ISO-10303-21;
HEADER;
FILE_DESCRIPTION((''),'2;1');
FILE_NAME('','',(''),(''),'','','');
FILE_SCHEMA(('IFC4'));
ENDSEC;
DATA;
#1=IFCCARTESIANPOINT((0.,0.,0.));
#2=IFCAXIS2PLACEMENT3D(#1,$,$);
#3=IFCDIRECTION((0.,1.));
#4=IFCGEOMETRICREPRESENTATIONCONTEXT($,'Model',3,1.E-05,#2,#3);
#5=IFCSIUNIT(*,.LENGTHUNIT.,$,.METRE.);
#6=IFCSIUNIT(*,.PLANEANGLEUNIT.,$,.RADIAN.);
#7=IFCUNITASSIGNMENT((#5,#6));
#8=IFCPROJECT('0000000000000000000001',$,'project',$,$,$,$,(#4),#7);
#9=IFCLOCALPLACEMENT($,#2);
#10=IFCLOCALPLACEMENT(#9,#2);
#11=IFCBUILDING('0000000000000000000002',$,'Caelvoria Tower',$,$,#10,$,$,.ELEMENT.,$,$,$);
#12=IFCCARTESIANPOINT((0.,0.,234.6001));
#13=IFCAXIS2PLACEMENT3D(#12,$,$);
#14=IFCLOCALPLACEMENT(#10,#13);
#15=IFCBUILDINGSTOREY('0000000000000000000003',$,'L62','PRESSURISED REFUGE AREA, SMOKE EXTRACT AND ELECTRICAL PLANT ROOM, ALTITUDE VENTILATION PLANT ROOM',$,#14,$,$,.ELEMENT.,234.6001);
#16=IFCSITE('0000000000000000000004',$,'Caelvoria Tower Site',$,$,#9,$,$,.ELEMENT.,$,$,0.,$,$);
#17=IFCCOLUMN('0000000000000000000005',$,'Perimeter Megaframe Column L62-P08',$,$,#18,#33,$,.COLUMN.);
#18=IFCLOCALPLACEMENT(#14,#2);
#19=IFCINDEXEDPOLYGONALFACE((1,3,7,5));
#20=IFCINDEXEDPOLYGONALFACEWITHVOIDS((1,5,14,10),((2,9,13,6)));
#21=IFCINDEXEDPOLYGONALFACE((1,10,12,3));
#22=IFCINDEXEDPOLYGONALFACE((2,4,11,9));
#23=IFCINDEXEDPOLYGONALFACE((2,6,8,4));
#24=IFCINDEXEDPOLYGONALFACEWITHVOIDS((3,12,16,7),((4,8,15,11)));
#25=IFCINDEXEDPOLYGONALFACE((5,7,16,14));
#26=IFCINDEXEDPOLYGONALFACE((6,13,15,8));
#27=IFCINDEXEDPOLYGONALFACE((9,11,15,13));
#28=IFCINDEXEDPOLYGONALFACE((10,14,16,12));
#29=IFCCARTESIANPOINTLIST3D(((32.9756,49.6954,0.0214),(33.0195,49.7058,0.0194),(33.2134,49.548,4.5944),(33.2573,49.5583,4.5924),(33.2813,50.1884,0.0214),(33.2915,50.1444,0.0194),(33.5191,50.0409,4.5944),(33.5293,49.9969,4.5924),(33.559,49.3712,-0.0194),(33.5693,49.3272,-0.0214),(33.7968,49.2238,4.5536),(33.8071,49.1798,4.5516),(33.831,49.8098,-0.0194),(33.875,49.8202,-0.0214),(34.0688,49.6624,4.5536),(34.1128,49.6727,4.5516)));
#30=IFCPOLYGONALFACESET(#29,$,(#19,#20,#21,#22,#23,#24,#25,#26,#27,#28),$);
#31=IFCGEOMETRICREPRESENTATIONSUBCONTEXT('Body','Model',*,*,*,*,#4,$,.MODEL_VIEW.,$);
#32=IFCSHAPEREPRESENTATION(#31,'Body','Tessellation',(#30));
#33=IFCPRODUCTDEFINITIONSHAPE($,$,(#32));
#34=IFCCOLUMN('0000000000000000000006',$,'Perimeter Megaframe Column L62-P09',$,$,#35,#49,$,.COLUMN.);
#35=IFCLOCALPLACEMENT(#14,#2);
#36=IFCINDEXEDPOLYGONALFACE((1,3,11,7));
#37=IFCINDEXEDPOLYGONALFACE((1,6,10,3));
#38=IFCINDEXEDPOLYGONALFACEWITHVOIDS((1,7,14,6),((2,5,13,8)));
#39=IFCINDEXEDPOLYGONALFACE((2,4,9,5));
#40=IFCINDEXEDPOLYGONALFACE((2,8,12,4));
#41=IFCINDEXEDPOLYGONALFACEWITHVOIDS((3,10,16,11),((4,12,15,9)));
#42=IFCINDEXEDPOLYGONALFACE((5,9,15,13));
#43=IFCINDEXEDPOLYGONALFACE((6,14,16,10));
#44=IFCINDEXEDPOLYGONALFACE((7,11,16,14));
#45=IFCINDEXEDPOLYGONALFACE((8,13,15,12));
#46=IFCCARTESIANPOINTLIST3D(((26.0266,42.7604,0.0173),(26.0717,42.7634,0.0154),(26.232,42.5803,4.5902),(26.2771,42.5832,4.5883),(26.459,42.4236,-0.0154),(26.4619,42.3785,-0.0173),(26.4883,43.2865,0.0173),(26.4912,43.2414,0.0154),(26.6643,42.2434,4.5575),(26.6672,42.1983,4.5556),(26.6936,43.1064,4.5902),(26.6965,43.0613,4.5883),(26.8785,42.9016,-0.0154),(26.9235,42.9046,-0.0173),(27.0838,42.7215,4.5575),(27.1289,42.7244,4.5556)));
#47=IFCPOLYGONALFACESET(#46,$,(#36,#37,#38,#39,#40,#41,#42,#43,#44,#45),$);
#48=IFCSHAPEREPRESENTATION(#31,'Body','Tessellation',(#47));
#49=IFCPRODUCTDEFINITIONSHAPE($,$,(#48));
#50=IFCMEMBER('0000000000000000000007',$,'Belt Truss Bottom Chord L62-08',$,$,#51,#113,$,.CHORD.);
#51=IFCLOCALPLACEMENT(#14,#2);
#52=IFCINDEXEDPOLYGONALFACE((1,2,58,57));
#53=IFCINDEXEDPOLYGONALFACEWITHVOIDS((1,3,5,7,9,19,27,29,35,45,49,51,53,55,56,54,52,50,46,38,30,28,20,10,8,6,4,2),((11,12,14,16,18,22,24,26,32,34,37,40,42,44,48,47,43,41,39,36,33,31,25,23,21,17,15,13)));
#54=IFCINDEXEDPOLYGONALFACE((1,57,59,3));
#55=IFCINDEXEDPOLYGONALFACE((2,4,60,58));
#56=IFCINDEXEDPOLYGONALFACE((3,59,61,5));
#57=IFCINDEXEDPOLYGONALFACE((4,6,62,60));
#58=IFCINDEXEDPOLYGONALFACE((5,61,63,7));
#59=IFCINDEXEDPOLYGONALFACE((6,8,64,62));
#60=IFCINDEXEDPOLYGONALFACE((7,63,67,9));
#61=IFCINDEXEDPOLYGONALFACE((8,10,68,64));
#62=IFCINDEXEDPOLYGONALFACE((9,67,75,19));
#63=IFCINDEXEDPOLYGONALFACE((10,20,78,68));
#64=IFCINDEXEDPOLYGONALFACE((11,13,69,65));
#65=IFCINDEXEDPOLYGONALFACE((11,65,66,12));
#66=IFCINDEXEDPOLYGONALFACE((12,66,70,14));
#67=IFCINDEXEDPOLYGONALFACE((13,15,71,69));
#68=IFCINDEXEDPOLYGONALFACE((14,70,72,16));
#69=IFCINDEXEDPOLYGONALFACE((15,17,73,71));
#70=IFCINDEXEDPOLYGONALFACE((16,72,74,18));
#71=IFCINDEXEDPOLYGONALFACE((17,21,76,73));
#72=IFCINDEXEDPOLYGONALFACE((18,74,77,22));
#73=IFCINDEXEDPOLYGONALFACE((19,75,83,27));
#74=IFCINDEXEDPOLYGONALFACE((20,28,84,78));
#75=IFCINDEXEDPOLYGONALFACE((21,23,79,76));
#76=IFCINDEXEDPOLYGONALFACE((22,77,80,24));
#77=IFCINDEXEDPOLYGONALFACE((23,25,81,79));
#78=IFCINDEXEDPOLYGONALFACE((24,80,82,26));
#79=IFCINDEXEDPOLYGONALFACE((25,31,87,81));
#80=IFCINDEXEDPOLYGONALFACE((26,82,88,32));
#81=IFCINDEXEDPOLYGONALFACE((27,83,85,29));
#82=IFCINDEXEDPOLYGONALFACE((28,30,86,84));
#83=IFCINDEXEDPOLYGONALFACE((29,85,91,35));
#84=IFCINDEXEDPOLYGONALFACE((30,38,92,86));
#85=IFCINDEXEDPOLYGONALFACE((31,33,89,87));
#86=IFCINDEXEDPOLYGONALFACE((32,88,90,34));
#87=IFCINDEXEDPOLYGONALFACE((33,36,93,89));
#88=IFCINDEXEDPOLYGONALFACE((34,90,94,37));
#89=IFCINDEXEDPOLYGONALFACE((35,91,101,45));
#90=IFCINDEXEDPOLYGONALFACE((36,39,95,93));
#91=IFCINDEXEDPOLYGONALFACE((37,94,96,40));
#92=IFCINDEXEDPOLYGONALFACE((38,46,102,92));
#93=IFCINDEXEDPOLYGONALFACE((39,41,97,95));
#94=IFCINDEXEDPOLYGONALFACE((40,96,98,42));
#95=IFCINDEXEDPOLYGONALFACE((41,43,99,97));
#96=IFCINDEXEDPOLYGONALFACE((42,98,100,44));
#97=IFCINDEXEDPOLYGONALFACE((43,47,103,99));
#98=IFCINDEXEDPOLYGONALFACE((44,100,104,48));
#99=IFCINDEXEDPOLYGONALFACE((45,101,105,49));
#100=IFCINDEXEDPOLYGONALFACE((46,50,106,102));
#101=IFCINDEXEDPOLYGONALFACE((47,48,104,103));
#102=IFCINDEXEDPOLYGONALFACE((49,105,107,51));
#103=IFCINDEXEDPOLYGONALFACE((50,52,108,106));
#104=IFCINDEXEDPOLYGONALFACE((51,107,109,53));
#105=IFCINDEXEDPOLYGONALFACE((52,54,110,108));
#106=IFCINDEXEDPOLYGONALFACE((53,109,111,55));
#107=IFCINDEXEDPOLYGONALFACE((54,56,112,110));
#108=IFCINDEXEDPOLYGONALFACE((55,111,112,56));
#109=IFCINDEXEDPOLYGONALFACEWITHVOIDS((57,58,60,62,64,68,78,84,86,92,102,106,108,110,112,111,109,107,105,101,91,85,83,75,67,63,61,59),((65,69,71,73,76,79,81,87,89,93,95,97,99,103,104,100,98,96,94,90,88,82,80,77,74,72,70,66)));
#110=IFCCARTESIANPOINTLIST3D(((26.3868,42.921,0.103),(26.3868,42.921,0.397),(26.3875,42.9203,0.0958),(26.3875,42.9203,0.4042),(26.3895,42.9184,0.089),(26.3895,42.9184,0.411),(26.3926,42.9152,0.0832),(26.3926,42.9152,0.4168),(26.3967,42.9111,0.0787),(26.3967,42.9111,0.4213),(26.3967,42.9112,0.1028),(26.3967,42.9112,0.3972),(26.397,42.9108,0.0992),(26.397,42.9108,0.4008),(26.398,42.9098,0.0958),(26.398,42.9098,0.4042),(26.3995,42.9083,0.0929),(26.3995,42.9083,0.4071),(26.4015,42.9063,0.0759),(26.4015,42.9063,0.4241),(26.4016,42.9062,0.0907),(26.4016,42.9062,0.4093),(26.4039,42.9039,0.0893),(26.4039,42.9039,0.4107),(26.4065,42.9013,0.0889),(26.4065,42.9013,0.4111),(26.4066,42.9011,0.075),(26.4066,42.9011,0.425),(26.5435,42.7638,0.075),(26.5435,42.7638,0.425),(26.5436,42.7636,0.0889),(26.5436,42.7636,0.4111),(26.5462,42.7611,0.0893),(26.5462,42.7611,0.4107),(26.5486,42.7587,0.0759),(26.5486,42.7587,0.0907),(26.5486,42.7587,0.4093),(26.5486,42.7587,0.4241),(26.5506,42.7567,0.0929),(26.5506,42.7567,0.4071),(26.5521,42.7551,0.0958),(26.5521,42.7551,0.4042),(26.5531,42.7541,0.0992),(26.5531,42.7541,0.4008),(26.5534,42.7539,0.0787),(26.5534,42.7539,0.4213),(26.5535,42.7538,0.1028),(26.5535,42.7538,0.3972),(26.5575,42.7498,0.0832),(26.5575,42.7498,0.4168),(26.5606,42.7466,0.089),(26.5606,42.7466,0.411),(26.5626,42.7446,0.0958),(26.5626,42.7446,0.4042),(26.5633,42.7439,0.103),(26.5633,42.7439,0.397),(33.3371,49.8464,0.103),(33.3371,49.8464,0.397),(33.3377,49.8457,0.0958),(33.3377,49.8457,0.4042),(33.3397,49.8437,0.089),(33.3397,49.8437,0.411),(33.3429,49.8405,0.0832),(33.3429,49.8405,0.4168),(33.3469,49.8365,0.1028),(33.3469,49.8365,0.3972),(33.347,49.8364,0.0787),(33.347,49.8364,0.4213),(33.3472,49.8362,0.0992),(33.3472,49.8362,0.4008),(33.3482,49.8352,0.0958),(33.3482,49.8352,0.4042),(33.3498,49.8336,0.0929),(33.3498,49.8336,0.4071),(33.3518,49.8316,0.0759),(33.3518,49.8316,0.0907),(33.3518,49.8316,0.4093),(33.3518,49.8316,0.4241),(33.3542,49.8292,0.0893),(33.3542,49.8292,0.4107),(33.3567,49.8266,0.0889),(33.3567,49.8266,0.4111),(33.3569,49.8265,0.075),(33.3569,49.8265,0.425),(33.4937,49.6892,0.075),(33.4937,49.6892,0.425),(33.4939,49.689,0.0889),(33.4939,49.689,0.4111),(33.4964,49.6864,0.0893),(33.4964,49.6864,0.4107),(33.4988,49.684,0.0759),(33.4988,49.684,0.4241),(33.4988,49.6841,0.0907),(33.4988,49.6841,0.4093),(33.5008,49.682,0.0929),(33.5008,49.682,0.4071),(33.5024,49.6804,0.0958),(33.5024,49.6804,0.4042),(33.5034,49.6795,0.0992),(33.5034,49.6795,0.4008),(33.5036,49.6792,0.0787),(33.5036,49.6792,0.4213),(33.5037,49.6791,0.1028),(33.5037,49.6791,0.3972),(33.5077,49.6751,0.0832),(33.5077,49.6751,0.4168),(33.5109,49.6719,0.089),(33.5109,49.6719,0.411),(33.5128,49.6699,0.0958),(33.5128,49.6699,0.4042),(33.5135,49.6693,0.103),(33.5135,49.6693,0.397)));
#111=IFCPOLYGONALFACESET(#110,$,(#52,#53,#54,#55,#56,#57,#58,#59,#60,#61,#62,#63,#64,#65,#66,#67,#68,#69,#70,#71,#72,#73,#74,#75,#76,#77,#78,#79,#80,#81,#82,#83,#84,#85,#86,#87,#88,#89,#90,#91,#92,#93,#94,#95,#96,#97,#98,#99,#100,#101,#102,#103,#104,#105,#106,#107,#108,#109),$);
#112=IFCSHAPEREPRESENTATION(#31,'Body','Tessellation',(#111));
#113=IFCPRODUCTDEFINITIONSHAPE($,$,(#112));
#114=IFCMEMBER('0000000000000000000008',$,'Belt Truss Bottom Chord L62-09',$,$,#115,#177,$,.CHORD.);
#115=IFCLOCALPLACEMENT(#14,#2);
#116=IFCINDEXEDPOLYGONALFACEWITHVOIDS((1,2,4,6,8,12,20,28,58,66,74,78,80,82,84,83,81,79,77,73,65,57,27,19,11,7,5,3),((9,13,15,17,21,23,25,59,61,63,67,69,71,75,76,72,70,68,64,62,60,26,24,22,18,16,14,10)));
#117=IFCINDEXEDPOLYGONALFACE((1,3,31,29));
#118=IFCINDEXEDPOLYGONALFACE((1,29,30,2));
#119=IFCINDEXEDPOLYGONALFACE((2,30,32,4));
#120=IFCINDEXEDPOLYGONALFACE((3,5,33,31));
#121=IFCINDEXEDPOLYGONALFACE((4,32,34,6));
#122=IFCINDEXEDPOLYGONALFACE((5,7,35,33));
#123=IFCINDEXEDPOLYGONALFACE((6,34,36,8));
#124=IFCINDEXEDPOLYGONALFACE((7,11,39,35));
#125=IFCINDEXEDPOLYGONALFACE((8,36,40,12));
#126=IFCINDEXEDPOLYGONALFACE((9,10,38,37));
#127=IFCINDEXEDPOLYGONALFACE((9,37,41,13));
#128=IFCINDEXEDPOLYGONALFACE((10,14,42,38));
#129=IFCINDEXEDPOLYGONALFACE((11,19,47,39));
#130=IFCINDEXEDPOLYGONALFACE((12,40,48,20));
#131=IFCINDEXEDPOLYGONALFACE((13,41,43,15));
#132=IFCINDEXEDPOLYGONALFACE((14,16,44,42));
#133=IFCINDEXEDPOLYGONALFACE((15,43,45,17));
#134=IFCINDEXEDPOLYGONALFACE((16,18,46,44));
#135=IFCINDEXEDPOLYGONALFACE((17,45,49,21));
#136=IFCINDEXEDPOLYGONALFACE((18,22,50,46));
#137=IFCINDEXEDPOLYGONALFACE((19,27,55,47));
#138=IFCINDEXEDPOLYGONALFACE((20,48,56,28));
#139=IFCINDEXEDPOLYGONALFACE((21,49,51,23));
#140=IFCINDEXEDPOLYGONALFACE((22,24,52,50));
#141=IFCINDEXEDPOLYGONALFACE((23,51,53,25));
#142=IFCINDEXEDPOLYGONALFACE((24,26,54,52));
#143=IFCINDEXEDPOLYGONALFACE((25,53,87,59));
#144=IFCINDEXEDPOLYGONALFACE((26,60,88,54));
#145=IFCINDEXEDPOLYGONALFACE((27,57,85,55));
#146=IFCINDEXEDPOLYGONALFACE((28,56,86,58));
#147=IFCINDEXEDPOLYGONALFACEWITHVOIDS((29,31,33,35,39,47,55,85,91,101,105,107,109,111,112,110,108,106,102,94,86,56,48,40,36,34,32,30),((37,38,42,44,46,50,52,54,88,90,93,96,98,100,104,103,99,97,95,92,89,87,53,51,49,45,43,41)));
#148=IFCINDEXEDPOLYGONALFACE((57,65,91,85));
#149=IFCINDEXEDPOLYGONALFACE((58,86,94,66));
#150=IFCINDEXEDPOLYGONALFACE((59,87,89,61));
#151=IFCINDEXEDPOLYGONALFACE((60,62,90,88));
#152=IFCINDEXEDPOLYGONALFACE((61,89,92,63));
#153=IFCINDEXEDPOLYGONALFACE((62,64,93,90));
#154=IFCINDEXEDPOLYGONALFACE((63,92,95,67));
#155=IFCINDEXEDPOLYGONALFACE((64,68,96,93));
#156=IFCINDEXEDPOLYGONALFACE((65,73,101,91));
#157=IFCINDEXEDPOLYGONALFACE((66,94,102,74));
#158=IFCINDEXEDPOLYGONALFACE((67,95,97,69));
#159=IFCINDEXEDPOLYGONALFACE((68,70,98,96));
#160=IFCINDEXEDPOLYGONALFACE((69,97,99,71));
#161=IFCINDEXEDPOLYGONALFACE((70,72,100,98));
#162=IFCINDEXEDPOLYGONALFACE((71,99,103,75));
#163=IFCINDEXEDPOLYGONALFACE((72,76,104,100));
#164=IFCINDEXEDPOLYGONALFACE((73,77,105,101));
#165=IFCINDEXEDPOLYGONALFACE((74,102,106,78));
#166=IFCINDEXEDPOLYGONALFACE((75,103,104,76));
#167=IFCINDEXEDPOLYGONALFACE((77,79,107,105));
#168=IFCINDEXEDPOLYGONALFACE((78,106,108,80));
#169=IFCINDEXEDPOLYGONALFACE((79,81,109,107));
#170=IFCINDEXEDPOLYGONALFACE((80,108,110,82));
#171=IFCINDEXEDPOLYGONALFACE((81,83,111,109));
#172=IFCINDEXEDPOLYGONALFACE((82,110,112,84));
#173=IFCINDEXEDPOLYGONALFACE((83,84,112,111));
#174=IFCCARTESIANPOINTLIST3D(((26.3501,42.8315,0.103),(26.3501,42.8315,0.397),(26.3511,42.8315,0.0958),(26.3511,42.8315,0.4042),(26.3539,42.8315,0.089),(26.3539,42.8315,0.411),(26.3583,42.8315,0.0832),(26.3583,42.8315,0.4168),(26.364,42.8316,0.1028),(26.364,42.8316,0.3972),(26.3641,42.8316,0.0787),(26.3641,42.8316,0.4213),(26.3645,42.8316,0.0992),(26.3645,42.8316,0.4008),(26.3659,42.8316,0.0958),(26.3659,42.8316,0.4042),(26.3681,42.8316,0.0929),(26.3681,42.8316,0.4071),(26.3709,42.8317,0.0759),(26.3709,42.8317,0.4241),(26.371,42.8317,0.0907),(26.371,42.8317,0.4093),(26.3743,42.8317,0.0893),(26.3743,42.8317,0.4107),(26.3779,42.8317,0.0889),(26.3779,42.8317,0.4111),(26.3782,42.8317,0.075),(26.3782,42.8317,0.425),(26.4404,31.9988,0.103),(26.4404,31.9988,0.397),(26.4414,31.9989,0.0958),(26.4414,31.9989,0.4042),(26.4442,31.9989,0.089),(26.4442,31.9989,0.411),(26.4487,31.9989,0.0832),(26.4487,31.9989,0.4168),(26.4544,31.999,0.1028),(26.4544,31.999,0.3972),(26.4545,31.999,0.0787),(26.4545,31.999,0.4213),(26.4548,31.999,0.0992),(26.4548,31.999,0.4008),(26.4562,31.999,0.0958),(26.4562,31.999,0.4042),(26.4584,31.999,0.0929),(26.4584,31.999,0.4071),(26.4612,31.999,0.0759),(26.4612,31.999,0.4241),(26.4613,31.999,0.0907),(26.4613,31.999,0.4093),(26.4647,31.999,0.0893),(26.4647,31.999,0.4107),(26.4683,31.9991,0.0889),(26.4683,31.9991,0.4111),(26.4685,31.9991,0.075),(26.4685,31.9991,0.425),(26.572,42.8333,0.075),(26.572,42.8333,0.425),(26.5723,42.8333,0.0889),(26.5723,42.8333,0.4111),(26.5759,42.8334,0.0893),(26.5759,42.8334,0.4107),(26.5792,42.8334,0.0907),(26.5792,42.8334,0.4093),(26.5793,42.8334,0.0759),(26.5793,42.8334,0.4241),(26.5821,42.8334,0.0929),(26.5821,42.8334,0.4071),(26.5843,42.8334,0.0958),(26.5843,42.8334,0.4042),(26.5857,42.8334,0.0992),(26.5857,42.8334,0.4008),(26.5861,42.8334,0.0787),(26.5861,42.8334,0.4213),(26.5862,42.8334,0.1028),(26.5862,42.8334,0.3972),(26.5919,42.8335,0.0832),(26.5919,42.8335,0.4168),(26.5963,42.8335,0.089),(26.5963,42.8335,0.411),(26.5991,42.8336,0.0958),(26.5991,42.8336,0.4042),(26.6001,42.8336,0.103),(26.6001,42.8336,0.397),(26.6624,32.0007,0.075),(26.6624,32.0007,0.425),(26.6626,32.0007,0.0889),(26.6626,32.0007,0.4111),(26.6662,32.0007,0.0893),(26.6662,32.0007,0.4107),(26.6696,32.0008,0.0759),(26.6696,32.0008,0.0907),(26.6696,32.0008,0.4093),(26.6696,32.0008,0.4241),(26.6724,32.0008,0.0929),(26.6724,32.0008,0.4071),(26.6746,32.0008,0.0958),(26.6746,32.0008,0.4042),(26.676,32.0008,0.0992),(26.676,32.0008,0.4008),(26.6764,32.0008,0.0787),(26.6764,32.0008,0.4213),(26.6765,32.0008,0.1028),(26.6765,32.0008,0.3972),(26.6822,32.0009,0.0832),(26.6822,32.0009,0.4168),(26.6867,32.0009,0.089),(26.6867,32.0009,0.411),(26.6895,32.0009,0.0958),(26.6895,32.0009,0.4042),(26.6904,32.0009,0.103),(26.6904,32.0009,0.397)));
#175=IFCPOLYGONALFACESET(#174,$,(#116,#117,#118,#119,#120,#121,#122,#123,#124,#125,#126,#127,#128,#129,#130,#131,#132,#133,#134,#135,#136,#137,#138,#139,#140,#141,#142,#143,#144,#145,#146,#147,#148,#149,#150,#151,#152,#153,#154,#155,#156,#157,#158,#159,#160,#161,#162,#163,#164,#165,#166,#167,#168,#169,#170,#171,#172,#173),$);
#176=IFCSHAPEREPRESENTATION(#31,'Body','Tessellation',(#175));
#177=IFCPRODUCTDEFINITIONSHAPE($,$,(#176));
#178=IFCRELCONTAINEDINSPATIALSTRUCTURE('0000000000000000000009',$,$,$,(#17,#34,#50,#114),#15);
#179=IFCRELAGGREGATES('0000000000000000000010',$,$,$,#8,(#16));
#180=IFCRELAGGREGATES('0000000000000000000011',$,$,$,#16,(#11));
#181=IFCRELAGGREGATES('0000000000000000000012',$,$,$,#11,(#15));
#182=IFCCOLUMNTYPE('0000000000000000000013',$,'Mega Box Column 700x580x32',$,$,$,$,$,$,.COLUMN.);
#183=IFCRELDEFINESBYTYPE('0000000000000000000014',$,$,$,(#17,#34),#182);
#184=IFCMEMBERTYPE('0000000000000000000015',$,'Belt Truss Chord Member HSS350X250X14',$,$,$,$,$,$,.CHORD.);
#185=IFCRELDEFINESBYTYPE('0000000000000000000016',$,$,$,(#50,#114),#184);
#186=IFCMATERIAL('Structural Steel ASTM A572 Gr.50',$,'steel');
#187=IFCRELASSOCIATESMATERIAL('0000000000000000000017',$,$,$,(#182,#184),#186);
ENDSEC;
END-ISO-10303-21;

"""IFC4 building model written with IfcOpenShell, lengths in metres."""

from ifc_helpers import new_model, si_unit, direction, frame, origin, origin_2d, place, context, subcontext, project, spatial, hollow_rectangle, extrude, material, material_profile, profile_set, type_object, element, save


model = new_model("IFC4")

# Units and contexts
model_context = context("Model", 3, precision=1e-05, world=origin(), true_north=direction((0.0, 1.0)))
body_context = subcontext(model_context, "Body", "Model", "MODEL_VIEW")
ifc_project = project(units=[si_unit("LENGTHUNIT", "METRE"), si_unit("PLANEANGLEUNIT", "RADIAN")], contexts=[model_context])

# Site, building, storey
site_placement = place(None, origin())
site = spatial("IfcSite", under=ifc_project, at=site_placement, Name="Caelvoria Tower Site", CompositionType="ELEMENT", RefElevation=0.0)
building_placement = place(site_placement, origin())
building = spatial("IfcBuilding", under=site, at=building_placement, Name="Caelvoria Tower", CompositionType="ELEMENT")
storey_placement = place(building_placement, frame((0.0, 0.0, 234.6001)))
storey = spatial("IfcBuildingStorey", under=building, at=storey_placement, Name="L62", Description="PRESSURISED REFUGE AREA, SMOKE EXTRACT AND ELECTRICAL PLANT ROOM, ALTITUDE VENTILATION PLANT ROOM", CompositionType="ELEMENT", Elevation=234.6001)

# Columns
ifc_material_1 = material(Name="Structural Steel ASTM A572 Gr.50", Category="steel")
ifc_material_profile_1 = material_profile(ifc_material_1, hollow_rectangle(XDim=0.5801, YDim=0.7, WallThickness=0.032, at=origin_2d()), Name="Structural Steel ASTM A572 Gr.50")
ifc_profile_set_1 = profile_set([ifc_material_profile_1], Name="BOX700X580X32 - Structural Steel ASTM A572 Gr.50")
column_type = type_object("IfcColumnType", Name="Mega Box Column 700x580x32", PredefinedType="COLUMN", material=ifc_profile_set_1)
column_1_placement = place(storey_placement, frame((33.4253, 49.7578, 0.0), z_axis=(0.051902, -0.032186, 0.998133), x_axis=(0.527015, 0.849856, 0.0)))
element("IfcColumn", 1, at=column_1_placement, inside=storey, type_object=column_type, Name="Perimeter Megaframe Column L62-P08", PredefinedType="COLUMN", context=body_context, shape_type="SweptSolid", body=[
    extrude(hollow_rectangle(XDim=0.5801, YDim=0.7, WallThickness=0.032, at=origin_2d()), origin(), (0.0, 0.0, 1.0), 4.5815),
])
column_2_placement = place(storey_placement, frame((26.4751, 42.8325, 0.0), z_axis=(0.044819, -0.03933, 0.998221), x_axis=(-0.750297, 0.658406, 0.059629)))
element("IfcColumn", 2, at=column_2_placement, inside=storey, type_object=column_type, Name="Perimeter Megaframe Column L62-P09", PredefinedType="COLUMN", context=body_context, shape_type="SweptSolid", body=[
    extrude(hollow_rectangle(XDim=0.5801, YDim=0.7, WallThickness=0.032, at=origin_2d()), origin(), (0.0, 0.0, 1.0), 4.5811),
])

# Members
ifc_material_profile_2 = material_profile(ifc_material_1, hollow_rectangle(XDim=0.25, YDim=0.3501, WallThickness=0.0139, InnerFilletRadius=0.0139, OuterFilletRadius=0.0281, at=origin_2d()), Name="Structural Steel ASTM A572 Gr.50")
ifc_profile_set_2 = profile_set([ifc_material_profile_2], Name="HSS350X250X14 - Structural Steel ASTM A572 Gr.50")
member_type_1 = type_object("IfcMemberType", Name="Belt Truss Chord Member HSS350X250X14", PredefinedType="CHORD", material=ifc_profile_set_2)
member_1_placement = place(storey_placement, frame((33.4253, 49.7578, 0.25), z_axis=(-0.708375, -0.705837, 0.0), x_axis=(0.705837, -0.708375, 0.0)))
element("IfcMember", 3, at=member_1_placement, inside=storey, type_object=member_type_1, Name="Belt Truss Bottom Chord L62-08", PredefinedType="CHORD", context=body_context, shape_type="SweptSolid", body=[
    extrude(hollow_rectangle(XDim=0.25, YDim=0.3501, WallThickness=0.0139, InnerFilletRadius=0.0139, OuterFilletRadius=0.0281, at=origin_2d()), origin(), (0.0, 0.0, 1.0), 9.8115),
])
for number, where, z_axis, x_axis, name in (
    (4, (26.4751, 42.8325, 0.25), (0.008339, -0.999965, 0.0), (0.999965, 0.008339, 0.0), "Belt Truss Bottom Chord L62-09"),
):
    element("IfcMember", number, at=place(storey_placement, frame(where, z_axis=z_axis, x_axis=x_axis)), inside=storey, type_object=member_type_1, Name=name, PredefinedType="CHORD", context=body_context, shape_type="SweptSolid", body=[
        extrude(hollow_rectangle(XDim=0.25, YDim=0.3501, WallThickness=0.0139, InnerFilletRadius=0.0139, OuterFilletRadius=0.0281, at=origin_2d()), origin(), (0.0, 0.0, 1.0), 10.833),
    ])

save(model, "model.ifc")
